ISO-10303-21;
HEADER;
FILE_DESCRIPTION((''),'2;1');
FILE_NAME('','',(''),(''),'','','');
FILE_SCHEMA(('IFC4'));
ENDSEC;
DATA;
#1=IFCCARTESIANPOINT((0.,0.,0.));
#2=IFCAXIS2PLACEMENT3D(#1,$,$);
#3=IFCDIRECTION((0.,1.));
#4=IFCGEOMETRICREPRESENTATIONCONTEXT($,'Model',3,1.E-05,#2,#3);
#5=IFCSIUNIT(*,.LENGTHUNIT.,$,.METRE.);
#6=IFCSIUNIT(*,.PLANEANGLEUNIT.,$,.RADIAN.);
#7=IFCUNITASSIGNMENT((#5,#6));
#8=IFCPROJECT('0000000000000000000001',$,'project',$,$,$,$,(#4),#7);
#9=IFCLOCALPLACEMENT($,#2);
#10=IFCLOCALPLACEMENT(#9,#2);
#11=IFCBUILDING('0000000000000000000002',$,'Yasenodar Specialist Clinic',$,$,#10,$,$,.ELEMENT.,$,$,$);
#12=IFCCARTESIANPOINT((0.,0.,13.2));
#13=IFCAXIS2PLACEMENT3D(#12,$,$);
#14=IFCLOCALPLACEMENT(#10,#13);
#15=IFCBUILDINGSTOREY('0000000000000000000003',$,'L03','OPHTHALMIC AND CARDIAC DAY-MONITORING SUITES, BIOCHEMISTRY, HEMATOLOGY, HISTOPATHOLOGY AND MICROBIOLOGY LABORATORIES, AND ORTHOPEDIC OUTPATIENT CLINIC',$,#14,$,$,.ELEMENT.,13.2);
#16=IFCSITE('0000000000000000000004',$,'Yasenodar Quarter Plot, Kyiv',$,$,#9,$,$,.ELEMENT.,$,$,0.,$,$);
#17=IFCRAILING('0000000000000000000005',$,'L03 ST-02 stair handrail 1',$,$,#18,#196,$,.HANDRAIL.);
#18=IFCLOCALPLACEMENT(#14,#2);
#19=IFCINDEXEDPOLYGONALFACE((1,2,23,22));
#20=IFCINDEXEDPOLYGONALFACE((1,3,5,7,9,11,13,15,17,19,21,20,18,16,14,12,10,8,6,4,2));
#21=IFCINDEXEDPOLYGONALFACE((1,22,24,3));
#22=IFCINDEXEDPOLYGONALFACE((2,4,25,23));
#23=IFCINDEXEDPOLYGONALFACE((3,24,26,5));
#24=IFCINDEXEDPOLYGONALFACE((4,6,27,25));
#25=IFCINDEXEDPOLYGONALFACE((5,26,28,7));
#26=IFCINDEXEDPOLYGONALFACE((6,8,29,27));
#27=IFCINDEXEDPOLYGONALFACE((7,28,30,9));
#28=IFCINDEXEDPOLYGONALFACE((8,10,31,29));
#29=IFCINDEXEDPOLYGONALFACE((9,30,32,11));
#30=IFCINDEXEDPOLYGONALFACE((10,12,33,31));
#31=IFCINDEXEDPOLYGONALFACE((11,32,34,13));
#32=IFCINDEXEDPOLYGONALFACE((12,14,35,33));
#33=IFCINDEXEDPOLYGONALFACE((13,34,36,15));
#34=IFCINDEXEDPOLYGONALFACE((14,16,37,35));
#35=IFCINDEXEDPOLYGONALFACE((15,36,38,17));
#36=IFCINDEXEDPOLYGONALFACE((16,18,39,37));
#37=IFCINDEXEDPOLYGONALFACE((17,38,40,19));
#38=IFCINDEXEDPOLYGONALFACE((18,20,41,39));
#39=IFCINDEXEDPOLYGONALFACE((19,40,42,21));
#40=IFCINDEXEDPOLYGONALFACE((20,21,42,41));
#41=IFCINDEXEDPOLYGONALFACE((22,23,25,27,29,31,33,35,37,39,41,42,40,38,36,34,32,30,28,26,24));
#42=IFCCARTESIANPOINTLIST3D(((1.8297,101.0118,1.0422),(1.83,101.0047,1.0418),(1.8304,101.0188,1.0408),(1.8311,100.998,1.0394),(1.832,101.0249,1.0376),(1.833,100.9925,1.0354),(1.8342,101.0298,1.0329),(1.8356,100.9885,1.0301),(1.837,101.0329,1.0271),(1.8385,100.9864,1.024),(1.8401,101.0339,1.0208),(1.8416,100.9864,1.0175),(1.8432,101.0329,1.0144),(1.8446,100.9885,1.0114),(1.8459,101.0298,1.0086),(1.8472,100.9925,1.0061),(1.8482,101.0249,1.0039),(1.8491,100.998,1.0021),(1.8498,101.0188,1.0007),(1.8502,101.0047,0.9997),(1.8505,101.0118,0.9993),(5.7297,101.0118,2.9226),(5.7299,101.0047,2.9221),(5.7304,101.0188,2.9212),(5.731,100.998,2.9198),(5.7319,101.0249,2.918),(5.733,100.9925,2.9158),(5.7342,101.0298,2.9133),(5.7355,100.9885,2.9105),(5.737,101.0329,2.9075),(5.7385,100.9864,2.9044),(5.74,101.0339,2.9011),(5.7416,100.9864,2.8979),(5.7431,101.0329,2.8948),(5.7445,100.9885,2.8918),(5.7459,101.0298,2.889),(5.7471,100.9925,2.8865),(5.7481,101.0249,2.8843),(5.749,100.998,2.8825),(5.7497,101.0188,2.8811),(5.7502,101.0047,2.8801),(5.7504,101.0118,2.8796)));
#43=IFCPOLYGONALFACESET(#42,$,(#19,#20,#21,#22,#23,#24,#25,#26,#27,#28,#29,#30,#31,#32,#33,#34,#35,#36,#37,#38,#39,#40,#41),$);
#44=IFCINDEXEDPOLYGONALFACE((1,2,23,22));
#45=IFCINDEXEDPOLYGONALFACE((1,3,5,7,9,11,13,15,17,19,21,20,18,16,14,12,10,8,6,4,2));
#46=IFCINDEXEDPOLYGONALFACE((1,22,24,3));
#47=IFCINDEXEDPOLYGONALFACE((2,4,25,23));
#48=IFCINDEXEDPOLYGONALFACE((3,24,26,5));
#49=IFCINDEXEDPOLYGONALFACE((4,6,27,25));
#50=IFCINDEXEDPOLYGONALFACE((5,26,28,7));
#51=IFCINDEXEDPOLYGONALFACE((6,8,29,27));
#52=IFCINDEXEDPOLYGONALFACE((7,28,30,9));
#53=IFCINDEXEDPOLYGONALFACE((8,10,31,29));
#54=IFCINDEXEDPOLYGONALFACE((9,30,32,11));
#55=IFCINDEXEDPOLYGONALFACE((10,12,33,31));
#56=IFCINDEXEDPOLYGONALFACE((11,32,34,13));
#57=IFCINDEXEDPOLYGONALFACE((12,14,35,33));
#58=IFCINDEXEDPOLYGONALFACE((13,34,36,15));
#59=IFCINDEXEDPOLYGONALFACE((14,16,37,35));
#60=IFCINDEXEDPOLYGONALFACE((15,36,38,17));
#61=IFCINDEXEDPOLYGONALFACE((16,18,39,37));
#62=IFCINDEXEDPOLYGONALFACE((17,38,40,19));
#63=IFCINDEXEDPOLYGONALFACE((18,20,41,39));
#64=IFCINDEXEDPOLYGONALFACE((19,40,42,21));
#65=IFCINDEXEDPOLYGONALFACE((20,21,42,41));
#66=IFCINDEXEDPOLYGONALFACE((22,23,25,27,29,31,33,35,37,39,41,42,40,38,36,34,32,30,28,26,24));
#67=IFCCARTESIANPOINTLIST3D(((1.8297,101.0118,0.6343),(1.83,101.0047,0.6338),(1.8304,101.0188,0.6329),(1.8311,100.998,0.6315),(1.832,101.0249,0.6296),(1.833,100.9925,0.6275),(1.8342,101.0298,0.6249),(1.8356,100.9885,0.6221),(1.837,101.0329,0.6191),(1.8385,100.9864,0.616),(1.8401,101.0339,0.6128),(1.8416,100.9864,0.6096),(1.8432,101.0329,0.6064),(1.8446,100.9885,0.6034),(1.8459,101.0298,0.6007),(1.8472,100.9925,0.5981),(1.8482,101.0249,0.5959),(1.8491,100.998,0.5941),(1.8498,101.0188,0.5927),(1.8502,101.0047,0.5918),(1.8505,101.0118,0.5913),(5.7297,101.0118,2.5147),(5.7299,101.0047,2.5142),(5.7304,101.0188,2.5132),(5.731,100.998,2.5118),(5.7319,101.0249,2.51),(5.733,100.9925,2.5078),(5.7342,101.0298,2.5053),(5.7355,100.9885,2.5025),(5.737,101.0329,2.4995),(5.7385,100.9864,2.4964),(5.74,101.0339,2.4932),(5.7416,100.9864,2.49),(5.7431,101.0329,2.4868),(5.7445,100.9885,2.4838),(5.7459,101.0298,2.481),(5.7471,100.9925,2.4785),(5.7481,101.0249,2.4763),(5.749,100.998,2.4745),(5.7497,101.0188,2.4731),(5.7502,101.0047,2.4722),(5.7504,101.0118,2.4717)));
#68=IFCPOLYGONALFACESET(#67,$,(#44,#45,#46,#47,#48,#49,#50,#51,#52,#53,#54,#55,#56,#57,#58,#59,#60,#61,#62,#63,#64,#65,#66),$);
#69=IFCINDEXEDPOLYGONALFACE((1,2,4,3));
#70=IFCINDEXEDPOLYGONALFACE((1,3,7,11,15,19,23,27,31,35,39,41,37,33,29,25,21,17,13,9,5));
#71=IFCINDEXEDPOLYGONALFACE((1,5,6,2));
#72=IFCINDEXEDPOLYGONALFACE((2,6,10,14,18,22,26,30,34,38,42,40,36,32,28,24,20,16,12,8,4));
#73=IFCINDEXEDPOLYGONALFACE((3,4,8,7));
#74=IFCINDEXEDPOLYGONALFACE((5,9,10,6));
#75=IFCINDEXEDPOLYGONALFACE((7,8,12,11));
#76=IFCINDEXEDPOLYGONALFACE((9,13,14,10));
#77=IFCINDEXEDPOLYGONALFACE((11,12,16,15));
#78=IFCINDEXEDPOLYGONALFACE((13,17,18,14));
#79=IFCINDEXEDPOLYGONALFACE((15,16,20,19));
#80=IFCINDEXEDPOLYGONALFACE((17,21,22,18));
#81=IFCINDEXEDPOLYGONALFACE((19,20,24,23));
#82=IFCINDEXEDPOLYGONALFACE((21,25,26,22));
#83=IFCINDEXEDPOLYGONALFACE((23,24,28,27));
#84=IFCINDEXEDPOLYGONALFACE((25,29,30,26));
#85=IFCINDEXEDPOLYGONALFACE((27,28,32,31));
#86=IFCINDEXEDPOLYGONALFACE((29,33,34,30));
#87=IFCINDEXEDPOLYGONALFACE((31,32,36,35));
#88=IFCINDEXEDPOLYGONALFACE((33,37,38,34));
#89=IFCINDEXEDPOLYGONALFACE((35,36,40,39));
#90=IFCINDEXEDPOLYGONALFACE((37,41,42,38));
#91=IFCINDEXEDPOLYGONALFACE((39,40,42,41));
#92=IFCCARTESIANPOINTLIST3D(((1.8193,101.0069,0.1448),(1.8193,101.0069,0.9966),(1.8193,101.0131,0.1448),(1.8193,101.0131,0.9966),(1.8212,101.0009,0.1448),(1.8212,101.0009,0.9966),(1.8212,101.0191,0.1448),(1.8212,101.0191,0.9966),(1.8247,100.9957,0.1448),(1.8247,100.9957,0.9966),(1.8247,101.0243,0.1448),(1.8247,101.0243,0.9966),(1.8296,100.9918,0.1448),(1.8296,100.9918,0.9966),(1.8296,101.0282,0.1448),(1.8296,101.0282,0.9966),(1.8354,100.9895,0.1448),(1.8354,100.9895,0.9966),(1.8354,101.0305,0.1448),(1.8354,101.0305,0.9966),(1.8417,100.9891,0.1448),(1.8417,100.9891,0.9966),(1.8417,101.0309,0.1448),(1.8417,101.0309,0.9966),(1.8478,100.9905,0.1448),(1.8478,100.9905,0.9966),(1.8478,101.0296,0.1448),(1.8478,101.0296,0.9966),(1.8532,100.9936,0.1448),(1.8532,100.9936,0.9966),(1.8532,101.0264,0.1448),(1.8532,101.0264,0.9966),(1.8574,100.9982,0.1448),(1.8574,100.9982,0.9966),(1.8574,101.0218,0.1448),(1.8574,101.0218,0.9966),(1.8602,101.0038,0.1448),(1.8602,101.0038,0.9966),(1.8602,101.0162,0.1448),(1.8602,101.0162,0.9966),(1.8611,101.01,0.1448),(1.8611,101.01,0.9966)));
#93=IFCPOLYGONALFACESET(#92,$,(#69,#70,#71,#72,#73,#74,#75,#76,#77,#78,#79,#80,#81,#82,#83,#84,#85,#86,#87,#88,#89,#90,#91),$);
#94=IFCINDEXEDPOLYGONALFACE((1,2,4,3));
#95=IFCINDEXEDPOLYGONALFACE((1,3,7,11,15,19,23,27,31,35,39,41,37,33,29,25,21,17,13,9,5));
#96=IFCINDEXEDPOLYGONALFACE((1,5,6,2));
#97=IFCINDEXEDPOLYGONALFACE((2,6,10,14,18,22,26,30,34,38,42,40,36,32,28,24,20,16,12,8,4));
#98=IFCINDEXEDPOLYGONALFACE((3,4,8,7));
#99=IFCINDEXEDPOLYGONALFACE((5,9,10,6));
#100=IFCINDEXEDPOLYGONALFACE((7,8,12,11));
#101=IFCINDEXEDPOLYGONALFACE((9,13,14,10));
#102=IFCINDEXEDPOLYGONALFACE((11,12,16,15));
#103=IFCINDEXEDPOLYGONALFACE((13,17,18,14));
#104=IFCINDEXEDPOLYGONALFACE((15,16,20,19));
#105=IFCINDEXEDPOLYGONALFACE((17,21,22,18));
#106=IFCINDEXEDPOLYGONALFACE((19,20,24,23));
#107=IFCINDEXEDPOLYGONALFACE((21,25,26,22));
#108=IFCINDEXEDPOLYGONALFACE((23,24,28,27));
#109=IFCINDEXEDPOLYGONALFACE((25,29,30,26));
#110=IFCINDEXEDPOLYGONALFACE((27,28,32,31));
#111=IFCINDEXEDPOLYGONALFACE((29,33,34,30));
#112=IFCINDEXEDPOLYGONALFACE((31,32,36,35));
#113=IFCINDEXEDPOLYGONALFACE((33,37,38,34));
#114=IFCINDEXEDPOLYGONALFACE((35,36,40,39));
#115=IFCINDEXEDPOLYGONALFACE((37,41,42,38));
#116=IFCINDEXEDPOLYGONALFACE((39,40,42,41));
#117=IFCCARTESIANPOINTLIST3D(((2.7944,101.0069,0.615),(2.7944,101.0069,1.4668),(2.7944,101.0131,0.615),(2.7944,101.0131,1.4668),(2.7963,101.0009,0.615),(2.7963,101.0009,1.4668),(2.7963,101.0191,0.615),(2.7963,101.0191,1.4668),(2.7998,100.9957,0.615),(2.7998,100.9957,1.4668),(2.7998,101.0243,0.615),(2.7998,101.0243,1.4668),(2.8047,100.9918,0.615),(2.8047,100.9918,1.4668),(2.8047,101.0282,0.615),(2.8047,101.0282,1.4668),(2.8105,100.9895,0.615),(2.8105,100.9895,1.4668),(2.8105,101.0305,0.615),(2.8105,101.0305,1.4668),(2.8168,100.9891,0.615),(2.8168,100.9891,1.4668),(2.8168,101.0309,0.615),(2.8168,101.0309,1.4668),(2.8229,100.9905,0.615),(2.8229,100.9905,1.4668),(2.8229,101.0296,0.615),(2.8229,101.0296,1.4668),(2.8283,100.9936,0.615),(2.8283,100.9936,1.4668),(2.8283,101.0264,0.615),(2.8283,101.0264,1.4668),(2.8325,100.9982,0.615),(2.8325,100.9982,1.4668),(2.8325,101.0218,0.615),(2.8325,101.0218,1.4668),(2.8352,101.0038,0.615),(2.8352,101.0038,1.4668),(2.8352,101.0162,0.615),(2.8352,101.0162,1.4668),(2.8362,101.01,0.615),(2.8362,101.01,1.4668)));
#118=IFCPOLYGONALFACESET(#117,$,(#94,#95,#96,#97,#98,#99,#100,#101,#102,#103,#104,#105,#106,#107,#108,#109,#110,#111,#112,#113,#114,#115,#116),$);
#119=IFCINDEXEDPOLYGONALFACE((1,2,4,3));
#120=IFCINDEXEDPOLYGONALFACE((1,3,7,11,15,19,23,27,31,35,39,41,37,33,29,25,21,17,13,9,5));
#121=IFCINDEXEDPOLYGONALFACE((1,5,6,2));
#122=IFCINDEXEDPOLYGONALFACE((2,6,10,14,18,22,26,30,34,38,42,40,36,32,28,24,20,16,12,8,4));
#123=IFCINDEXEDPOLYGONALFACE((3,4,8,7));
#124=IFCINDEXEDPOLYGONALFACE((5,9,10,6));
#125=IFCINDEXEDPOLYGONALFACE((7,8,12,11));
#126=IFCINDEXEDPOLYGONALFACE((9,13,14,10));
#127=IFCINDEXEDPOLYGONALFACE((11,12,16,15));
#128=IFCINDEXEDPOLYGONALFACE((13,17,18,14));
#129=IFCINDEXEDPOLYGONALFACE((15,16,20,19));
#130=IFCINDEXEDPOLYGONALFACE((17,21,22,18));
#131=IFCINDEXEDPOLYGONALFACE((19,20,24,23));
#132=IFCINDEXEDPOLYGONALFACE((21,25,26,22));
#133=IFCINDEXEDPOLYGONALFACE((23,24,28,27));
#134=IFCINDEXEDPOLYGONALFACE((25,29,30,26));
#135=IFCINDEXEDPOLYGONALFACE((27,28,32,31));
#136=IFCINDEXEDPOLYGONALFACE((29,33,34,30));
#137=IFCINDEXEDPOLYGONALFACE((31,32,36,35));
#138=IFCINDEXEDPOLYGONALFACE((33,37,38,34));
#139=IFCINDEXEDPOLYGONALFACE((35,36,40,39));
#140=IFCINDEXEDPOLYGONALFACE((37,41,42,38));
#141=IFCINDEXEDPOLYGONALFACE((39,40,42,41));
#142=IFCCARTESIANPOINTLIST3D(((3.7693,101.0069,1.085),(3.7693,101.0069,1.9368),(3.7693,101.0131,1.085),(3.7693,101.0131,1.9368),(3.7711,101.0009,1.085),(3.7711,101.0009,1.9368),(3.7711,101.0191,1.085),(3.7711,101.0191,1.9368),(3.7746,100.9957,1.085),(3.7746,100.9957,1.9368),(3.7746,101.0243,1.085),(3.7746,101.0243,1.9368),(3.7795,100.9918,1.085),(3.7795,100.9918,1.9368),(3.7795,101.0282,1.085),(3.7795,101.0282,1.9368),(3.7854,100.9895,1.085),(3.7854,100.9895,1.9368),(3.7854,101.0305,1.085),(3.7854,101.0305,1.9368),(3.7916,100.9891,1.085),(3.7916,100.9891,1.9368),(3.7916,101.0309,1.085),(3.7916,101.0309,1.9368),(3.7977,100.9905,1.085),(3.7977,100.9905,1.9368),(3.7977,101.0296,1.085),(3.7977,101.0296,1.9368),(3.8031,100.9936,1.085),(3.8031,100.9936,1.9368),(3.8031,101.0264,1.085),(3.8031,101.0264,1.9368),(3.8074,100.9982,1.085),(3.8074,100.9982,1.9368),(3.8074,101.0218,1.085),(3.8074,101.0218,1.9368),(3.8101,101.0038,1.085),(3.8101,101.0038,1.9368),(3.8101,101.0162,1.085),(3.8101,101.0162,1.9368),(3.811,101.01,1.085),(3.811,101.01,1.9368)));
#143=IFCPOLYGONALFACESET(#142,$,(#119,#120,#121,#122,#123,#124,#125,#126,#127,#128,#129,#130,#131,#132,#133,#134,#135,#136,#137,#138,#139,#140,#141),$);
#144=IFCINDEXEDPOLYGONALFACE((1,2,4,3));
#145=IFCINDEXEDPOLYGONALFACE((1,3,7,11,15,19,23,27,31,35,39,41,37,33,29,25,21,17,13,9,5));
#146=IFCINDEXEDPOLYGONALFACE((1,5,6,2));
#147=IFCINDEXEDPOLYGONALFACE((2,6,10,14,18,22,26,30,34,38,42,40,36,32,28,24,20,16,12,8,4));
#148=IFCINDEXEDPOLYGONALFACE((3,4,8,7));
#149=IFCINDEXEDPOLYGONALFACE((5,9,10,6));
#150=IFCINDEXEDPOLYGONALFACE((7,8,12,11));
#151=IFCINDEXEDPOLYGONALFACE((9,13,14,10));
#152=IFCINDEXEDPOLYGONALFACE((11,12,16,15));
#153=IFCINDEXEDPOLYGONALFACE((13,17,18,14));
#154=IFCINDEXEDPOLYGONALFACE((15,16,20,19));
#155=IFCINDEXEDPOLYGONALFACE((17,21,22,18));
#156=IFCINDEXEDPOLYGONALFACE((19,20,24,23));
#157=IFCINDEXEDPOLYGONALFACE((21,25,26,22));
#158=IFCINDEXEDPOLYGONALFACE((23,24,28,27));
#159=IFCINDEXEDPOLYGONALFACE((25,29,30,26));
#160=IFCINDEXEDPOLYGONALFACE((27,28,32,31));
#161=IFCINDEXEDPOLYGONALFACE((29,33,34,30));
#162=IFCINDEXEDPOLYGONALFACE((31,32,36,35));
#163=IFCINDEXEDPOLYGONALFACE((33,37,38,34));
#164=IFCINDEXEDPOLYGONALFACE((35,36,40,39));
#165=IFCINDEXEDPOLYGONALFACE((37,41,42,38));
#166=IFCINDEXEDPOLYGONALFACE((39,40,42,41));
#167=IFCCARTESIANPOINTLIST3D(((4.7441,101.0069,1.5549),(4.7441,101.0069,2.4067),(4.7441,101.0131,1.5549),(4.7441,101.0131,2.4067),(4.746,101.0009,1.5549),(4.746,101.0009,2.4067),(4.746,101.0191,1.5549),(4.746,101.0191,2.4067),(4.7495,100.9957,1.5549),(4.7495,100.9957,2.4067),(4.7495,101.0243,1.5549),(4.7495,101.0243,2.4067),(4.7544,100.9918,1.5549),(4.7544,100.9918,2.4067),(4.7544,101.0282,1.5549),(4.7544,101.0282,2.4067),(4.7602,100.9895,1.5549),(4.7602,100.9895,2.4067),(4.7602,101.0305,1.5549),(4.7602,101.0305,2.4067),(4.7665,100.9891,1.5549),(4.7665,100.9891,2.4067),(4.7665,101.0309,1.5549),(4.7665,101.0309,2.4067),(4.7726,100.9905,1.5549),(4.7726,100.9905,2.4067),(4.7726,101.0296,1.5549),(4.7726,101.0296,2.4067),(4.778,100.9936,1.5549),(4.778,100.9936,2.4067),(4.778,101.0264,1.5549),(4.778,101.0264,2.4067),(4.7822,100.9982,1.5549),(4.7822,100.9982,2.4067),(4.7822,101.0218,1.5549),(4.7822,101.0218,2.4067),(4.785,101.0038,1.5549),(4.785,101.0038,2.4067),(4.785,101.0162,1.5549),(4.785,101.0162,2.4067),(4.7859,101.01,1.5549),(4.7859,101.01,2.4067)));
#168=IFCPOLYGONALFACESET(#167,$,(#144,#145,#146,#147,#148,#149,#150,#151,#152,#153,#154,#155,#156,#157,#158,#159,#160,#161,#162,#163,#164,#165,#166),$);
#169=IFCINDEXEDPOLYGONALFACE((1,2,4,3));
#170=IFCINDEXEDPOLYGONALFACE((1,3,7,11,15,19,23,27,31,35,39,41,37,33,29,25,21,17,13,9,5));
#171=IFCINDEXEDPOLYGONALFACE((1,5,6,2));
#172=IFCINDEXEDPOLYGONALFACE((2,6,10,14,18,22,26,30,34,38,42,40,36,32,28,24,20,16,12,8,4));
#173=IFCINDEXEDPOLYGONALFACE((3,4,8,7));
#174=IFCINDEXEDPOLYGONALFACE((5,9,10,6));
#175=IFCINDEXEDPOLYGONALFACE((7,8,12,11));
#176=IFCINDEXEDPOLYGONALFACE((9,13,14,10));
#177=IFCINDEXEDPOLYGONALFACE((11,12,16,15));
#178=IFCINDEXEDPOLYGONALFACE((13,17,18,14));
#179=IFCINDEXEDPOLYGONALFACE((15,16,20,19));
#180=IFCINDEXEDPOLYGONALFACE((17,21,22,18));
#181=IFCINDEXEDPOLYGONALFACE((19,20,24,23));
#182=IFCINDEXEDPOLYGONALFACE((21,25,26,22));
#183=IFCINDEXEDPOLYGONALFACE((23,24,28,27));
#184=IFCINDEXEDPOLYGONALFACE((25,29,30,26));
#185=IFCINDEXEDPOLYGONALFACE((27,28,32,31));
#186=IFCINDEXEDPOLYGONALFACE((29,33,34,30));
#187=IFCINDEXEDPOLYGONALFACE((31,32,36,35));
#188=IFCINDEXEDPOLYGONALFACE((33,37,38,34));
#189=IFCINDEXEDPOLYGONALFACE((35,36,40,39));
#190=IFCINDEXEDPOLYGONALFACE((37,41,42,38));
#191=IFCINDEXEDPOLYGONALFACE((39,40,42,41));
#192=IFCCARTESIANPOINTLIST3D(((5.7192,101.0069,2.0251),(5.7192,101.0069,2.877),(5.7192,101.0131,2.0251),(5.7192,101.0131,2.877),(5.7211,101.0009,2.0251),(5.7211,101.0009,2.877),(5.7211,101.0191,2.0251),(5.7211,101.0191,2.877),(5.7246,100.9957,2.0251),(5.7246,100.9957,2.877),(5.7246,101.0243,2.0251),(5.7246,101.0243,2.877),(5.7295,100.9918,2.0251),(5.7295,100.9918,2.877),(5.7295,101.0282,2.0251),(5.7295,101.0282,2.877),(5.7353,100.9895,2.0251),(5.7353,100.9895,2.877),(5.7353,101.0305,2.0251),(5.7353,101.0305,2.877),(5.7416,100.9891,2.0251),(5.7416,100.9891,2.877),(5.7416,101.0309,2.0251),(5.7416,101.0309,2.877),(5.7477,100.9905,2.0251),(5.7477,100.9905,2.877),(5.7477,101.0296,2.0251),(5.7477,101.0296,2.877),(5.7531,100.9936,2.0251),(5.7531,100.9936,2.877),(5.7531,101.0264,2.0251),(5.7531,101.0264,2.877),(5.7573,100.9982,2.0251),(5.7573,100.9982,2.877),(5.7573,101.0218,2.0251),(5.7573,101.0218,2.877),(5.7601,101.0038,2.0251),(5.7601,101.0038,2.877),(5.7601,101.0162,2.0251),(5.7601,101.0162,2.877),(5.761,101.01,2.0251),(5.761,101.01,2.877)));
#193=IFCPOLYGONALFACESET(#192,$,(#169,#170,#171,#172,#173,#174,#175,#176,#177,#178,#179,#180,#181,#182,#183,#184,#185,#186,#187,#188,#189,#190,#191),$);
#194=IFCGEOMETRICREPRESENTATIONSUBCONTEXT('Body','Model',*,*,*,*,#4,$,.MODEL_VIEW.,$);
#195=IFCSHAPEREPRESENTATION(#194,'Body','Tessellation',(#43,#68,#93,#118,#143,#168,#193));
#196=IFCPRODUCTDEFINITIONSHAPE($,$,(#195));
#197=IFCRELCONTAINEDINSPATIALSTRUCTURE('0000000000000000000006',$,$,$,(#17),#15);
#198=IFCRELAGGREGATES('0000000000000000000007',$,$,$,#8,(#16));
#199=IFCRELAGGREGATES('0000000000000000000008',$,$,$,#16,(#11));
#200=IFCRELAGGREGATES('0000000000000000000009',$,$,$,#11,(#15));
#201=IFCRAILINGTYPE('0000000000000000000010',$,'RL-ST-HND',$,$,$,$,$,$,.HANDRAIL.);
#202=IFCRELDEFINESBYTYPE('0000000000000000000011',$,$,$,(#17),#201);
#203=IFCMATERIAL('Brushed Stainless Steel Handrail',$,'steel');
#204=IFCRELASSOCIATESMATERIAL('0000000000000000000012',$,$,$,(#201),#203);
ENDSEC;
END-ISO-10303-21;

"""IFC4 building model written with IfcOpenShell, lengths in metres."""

from ifc_helpers import new_model, si_unit, direction, frame, origin, origin_2d, place, context, subcontext, project, spatial, circle, extrude, material, type_object, element, save


model = new_model("IFC4")

# Units and contexts
model_context = context("Model", 3, precision=1e-05, world=origin(), true_north=direction((0.0, 1.0)))
body_context = subcontext(model_context, "Body", "Model", "MODEL_VIEW")
ifc_project = project(units=[si_unit("LENGTHUNIT", "METRE"), si_unit("PLANEANGLEUNIT", "RADIAN")], contexts=[model_context])

# Site, building, storey
site_placement = place(None, origin())
site = spatial("IfcSite", under=ifc_project, at=site_placement, Name="Yasenodar Quarter Plot, Kyiv", CompositionType="ELEMENT", RefElevation=0.0)
building_placement = place(site_placement, origin())
building = spatial("IfcBuilding", under=site, at=building_placement, Name="Yasenodar Specialist Clinic", CompositionType="ELEMENT")
storey_placement = place(building_placement, frame((0.0, 0.0, 13.2)))
storey = spatial("IfcBuildingStorey", under=building, at=storey_placement, Name="L03", Description="OPHTHALMIC AND CARDIAC DAY-MONITORING SUITES, BIOCHEMISTRY, HEMATOLOGY, HISTOPATHOLOGY AND MICROBIOLOGY LABORATORIES, AND ORTHOPEDIC OUTPATIENT CLINIC", CompositionType="ELEMENT", Elevation=13.2)

# Railing
ifc_material_1 = material(Name="Brushed Stainless Steel Handrail", Category="steel")
railing_type_1 = type_object("IfcRailingType", Name="RL-ST-HND", PredefinedType="HANDRAIL", material=ifc_material_1)
railing_1_placement = place(storey_placement, frame((1.8401, 101.01, 0.1448)))
element("IfcRailing", 1, at=railing_1_placement, inside=storey, type_object=railing_type_1, Name="L03 ST-02 stair handrail 1", PredefinedType="HANDRAIL", context=body_context, shape_type="SweptSolid", body=[
    extrude(circle(Radius=0.0239, at=origin_2d()), frame((0.0, 0.0, 0.876), z_axis=(0.900763, 0.0, 0.434311), x_axis=(0.0, 1.0, 0.0)), (0.0, 0.0, 1.0), 4.3296),
    extrude(circle(Radius=0.0239, at=origin_2d()), frame((0.0, 0.0, 0.468), z_axis=(0.900763, 0.0, 0.434311), x_axis=(0.0, 1.0, 0.0)), (0.0, 0.0, 1.0), 4.3296),
    extrude(circle(Radius=0.021, at=origin_2d()), origin(), (0.0, 0.0, 1.0), 0.8518),
    extrude(circle(Radius=0.021, at=origin_2d()), frame((0.9751, 0.0, 0.4702)), (0.0, 0.0, 1.0), 0.8518),
    extrude(circle(Radius=0.021, at=origin_2d()), frame((1.95, 0.0, 0.9402)), (0.0, 0.0, 1.0), 0.8518),
    extrude(circle(Radius=0.021, at=origin_2d()), frame((2.9248, 0.0, 1.4102)), (0.0, 0.0, 1.0), 0.8518),
    extrude(circle(Radius=0.021, at=origin_2d()), frame((3.8999, 0.0, 1.8804)), (0.0, 0.0, 1.0), 0.8518),
])

save(model, "model.ifc")
